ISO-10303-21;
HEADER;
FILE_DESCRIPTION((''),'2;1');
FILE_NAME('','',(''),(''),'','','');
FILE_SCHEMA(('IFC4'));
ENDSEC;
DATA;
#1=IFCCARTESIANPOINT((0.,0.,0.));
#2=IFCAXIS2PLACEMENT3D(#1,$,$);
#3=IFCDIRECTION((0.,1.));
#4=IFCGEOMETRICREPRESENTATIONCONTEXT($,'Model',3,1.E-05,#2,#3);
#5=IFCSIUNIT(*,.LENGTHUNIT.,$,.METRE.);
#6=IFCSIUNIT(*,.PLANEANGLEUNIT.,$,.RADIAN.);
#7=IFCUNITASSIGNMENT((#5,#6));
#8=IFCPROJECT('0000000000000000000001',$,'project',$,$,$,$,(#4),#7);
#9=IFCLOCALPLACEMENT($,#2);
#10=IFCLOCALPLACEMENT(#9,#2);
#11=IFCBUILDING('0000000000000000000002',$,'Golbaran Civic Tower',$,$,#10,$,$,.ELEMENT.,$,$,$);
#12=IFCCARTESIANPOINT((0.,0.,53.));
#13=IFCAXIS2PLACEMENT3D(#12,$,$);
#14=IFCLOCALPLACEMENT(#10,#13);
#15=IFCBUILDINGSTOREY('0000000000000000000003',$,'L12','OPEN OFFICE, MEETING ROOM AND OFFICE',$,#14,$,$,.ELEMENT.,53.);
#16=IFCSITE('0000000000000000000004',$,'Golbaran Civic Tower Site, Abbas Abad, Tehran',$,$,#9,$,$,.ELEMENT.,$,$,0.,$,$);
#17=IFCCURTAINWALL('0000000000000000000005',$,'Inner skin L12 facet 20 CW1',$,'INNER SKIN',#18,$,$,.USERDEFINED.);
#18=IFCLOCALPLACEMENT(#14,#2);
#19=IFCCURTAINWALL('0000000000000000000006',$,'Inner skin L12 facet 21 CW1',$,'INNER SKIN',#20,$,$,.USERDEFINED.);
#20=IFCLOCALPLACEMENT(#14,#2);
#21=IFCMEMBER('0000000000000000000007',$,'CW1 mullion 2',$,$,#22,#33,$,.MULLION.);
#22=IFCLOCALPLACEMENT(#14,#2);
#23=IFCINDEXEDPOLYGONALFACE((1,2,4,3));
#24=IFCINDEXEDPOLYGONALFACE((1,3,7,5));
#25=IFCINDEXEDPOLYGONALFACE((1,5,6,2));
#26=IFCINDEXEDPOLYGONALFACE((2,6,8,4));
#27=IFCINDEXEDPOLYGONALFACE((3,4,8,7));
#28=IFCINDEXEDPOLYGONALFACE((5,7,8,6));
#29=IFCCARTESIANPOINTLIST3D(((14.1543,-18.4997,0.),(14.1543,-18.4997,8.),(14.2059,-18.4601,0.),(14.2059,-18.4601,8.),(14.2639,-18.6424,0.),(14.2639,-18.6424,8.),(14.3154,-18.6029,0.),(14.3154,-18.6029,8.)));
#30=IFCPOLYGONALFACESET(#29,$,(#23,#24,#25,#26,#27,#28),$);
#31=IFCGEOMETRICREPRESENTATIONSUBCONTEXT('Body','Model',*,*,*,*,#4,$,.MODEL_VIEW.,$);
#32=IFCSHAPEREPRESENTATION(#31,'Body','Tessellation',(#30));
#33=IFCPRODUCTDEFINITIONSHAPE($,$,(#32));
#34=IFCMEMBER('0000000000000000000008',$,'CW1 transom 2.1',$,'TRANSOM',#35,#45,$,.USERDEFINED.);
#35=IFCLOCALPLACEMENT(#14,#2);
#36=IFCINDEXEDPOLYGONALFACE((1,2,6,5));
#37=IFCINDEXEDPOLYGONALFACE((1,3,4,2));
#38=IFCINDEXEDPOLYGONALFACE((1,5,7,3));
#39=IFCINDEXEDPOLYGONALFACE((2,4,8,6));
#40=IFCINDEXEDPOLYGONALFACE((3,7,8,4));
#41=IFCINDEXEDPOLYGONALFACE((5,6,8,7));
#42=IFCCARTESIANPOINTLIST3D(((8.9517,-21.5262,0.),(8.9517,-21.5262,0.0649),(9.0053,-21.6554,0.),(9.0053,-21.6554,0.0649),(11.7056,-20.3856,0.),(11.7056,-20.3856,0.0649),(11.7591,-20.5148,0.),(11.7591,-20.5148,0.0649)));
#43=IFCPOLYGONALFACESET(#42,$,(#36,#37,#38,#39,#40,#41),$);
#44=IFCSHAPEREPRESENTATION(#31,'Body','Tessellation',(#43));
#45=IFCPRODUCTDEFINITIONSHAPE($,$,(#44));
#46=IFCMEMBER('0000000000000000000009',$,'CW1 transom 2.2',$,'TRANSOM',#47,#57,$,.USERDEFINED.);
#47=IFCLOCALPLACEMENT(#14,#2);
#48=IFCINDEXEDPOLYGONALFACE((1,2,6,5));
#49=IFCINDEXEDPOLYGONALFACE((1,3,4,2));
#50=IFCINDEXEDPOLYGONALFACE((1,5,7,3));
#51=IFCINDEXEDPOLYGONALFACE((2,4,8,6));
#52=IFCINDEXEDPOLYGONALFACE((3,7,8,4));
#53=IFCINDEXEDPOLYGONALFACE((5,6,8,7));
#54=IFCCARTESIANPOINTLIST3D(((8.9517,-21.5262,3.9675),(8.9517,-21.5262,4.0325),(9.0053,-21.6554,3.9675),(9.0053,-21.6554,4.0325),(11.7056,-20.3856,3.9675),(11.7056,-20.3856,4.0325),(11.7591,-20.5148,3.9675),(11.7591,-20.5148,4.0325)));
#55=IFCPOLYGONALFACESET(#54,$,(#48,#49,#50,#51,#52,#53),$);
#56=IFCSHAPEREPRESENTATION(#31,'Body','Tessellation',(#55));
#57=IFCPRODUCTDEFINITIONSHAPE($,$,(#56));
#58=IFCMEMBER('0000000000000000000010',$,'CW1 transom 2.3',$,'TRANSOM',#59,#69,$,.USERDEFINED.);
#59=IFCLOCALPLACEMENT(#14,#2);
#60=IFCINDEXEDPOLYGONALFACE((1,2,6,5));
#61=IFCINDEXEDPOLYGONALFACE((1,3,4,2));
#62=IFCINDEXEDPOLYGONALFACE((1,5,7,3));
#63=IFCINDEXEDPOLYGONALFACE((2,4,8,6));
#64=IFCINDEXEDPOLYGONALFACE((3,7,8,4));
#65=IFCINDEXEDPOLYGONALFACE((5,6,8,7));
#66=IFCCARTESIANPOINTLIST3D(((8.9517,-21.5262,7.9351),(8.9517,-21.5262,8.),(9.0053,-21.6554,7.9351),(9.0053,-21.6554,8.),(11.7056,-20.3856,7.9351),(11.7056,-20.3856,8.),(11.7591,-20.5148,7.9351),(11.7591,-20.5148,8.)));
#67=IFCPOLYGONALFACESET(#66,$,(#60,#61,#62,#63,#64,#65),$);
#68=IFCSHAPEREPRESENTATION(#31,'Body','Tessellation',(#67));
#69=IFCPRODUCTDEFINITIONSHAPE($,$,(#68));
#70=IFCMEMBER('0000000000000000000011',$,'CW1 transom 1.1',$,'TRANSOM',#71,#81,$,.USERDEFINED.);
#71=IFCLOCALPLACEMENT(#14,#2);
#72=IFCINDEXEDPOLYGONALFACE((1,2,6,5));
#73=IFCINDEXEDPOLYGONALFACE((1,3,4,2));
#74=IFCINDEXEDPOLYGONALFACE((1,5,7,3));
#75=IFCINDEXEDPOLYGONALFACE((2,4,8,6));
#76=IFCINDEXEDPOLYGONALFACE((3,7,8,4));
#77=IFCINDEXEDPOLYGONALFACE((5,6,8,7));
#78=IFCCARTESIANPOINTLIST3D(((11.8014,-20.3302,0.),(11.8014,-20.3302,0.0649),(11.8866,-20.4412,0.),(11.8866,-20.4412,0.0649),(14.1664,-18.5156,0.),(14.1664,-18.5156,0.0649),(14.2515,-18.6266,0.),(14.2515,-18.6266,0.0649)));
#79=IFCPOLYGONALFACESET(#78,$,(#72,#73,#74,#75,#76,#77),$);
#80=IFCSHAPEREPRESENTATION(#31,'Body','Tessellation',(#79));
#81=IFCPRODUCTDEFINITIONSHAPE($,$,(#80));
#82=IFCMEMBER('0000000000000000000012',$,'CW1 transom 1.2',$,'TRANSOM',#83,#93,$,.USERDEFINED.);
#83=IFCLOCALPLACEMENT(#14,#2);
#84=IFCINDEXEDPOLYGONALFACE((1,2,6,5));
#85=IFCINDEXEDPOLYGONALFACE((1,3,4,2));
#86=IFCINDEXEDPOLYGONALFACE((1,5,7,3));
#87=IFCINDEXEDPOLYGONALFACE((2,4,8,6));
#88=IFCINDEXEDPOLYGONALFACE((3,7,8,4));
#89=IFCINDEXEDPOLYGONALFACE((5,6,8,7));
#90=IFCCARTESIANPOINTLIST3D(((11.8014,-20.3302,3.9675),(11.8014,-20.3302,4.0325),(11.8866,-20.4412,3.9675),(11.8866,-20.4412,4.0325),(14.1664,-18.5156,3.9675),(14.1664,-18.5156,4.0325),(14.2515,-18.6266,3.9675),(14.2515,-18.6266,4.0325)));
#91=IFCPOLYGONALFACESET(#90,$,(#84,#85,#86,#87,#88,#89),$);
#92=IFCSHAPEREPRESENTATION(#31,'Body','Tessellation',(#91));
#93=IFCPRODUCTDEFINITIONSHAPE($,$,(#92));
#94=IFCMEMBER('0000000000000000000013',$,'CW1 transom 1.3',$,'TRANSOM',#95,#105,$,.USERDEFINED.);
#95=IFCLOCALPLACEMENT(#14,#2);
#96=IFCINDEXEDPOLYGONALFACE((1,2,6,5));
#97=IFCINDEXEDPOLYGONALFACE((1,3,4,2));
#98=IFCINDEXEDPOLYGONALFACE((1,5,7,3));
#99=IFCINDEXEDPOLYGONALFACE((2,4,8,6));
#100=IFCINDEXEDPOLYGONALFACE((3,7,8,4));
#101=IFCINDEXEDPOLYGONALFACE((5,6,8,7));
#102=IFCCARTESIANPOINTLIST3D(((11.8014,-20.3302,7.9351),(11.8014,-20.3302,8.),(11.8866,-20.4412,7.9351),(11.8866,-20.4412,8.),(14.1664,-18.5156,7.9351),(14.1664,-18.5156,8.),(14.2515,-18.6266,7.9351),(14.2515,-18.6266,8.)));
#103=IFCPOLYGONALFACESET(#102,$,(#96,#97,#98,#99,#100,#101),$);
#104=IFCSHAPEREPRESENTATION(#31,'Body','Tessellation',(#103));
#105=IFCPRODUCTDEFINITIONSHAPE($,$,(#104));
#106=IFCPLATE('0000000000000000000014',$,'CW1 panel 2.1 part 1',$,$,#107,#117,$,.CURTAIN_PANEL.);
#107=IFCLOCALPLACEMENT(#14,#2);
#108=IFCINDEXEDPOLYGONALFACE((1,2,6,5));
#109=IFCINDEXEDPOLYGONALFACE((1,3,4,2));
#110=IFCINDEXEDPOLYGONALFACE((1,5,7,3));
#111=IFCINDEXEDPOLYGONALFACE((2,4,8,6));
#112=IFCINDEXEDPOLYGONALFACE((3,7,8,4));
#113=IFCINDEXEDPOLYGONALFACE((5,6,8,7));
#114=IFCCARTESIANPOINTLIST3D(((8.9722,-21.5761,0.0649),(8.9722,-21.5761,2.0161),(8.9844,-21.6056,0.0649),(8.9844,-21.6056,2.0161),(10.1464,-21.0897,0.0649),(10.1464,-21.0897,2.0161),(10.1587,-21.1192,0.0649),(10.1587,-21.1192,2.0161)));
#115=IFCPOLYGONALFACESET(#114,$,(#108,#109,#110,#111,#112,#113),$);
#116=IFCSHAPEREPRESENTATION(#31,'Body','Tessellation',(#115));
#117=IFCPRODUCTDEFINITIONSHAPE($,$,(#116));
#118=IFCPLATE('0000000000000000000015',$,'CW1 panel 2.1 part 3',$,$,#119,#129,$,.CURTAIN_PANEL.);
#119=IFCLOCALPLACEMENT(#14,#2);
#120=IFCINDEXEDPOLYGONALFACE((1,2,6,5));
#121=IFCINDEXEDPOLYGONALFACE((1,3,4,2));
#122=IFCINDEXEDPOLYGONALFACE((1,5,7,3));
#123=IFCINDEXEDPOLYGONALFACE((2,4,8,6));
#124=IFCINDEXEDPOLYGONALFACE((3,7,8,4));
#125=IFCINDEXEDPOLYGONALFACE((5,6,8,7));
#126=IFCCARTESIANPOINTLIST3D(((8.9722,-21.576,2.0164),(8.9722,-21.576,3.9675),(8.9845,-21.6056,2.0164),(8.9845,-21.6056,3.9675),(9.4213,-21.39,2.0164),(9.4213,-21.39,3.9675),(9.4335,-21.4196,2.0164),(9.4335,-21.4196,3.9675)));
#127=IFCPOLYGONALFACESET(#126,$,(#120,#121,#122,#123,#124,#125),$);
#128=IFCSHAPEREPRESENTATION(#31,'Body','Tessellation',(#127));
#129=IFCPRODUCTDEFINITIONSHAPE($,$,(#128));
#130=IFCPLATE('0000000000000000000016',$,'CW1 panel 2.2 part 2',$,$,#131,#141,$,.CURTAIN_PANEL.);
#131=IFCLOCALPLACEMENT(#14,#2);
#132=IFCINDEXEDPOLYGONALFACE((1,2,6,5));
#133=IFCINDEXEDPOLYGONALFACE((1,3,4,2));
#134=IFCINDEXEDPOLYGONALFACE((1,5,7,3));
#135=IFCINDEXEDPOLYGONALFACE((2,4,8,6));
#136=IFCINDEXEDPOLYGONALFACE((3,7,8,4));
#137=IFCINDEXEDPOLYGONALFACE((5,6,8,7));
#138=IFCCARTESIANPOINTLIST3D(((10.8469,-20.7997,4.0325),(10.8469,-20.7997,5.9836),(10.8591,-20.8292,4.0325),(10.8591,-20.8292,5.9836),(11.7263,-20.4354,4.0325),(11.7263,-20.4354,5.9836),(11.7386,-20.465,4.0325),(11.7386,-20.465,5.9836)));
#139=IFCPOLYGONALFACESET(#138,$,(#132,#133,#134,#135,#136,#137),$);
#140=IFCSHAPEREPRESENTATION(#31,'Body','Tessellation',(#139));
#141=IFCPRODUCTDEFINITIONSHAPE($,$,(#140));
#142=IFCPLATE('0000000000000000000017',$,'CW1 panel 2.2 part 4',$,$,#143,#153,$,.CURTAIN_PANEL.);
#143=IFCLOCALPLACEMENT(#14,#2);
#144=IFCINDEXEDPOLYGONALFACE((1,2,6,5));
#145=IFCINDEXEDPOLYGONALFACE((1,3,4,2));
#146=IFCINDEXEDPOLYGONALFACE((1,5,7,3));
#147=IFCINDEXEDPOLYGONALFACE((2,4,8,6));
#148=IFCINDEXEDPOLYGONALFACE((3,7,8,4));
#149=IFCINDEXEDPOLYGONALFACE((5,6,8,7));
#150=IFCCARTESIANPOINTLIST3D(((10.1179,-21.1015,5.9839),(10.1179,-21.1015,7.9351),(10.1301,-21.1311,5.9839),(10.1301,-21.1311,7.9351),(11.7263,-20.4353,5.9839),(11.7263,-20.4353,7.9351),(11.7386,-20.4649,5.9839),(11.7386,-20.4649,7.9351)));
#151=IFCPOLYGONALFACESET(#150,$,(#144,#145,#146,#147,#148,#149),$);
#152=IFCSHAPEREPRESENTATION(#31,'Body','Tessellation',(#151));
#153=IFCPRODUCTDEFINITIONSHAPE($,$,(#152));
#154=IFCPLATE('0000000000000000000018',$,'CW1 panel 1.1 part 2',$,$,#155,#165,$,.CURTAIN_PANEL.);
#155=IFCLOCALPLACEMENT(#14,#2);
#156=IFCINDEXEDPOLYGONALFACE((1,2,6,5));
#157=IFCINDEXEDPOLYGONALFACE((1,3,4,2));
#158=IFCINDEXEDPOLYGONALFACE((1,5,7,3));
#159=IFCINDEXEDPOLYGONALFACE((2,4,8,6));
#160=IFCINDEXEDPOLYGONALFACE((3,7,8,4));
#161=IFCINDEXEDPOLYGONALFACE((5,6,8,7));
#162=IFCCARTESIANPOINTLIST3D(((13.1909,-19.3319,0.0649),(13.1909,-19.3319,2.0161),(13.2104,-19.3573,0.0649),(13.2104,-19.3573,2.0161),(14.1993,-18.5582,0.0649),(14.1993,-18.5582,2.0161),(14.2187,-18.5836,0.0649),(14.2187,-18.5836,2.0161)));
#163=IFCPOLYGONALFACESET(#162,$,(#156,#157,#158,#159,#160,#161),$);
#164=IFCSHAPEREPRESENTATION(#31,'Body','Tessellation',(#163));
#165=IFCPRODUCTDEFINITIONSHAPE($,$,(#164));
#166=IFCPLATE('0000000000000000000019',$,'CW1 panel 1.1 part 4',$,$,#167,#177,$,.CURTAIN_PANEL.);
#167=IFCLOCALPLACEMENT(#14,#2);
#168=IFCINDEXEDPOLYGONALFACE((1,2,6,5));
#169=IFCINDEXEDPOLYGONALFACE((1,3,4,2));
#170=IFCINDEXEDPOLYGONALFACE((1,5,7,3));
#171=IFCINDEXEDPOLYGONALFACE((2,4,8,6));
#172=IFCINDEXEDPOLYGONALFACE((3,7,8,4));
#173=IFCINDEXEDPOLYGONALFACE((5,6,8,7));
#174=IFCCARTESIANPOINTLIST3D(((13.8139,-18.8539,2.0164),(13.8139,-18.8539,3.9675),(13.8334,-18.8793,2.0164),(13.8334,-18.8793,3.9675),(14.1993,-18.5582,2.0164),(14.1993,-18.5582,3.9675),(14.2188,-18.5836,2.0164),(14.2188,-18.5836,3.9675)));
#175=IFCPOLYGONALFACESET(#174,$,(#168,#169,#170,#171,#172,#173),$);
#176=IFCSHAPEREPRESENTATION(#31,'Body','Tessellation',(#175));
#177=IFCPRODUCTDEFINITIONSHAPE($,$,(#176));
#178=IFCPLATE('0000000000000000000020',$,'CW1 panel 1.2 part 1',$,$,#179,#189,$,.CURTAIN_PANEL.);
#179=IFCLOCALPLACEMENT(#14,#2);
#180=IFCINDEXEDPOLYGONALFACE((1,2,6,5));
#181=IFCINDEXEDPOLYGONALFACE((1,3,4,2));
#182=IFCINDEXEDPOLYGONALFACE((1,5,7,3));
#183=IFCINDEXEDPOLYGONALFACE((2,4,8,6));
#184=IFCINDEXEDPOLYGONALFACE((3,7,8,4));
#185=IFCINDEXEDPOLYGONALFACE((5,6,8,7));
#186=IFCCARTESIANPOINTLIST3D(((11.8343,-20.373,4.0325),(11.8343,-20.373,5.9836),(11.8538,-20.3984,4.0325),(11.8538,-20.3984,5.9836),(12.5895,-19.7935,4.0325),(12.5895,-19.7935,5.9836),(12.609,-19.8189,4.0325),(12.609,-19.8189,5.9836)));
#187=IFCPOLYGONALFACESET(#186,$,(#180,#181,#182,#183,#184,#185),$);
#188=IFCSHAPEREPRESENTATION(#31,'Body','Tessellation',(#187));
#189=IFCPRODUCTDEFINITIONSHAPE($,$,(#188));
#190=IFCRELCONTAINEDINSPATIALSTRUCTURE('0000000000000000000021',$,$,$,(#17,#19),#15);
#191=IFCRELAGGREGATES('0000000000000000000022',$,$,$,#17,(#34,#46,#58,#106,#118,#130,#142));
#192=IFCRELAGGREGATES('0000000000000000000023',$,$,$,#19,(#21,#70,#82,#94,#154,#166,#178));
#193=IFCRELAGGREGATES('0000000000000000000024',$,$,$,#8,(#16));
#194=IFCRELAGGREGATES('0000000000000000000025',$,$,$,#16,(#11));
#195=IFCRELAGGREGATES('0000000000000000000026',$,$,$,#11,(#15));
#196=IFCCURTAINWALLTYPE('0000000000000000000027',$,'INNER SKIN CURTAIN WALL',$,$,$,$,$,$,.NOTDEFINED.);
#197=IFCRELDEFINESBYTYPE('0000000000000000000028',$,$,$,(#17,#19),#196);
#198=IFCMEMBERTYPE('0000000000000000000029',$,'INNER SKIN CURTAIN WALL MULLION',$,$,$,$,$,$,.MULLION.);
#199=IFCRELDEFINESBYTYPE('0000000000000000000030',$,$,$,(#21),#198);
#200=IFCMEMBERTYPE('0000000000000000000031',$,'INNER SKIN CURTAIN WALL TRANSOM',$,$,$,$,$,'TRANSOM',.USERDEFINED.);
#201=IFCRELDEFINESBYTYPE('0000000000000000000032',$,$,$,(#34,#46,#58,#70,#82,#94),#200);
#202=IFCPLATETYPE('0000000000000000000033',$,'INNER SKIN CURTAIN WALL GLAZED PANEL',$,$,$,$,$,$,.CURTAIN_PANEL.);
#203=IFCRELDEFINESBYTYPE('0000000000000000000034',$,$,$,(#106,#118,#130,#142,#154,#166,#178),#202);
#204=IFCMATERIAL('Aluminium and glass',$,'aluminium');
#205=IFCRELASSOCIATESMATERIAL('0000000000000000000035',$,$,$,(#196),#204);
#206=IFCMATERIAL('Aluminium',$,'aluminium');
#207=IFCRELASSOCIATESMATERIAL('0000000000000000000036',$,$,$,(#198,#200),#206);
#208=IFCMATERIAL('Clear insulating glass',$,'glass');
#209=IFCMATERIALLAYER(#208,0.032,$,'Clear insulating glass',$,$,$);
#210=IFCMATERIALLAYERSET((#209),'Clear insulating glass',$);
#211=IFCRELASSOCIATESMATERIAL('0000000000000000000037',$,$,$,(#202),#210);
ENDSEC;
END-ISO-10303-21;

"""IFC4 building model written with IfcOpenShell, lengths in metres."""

from ifc_helpers import new_model, si_unit, direction, frame, origin, origin_2d, place, context, subcontext, project, spatial, rectangle, extrude, material, layer, layer_set, material_profile, profile_set, type_object, element, aggregate, save


model = new_model("IFC4")

# Units and contexts
model_context = context("Model", 3, precision=1e-05, world=origin(), true_north=direction((0.0, 1.0)))
body_context = subcontext(model_context, "Body", "Model", "MODEL_VIEW")
ifc_project = project(units=[si_unit("LENGTHUNIT", "METRE"), si_unit("PLANEANGLEUNIT", "RADIAN")], contexts=[model_context])

# Site, building, storey
site_placement = place(None, origin())
site = spatial("IfcSite", under=ifc_project, at=site_placement, Name="Golbaran Civic Tower Site, Abbas Abad, Tehran", CompositionType="ELEMENT", RefElevation=0.0)
building_placement = place(site_placement, origin())
building = spatial("IfcBuilding", under=site, at=building_placement, Name="Golbaran Civic Tower", CompositionType="ELEMENT")
storey_placement = place(building_placement, frame((0.0, 0.0, 53.0)))
storey = spatial("IfcBuildingStorey", under=building, at=storey_placement, Name="L12", Description="OPEN OFFICE, MEETING ROOM AND OFFICE", CompositionType="ELEMENT", Elevation=53.0)

# Curtain walls, member
ifc_material_1 = material(Name="Aluminium and glass", Category="aluminium")
curtain_wall_type = type_object("IfcCurtainWallType", Name="INNER SKIN CURTAIN WALL", PredefinedType="NOTDEFINED", material=ifc_material_1)
curtain_wall_1_placement = place(storey_placement, origin())
curtain_wall_1 = element("IfcCurtainWall", 1, at=curtain_wall_1_placement, inside=storey, type_object=curtain_wall_type, Name="Inner skin L12 facet 20 CW1", ObjectType="INNER SKIN", PredefinedType="USERDEFINED")
ifc_material_2 = material(Name="Aluminium", Category="aluminium")
ifc_material_profile_1 = material_profile(ifc_material_2, rectangle(XDim=0.1799, YDim=0.0649, at=origin_2d()), Name="INNER SKIN CURTAIN WALL MULLION")
ifc_profile_set_1 = profile_set([ifc_material_profile_1], Name="Aluminium")
member_type_1 = type_object("IfcMemberType", Name="INNER SKIN CURTAIN WALL MULLION", PredefinedType="MULLION", material=ifc_profile_set_1)
curtain_wall_2_placement = place(storey_placement, origin())
curtain_wall_2 = element("IfcCurtainWall", 2, at=curtain_wall_2_placement, inside=storey, type_object=curtain_wall_type, Name="Inner skin L12 facet 21 CW1", ObjectType="INNER SKIN", PredefinedType="USERDEFINED")
member_1_placement = place(storey_placement, frame((14.2349, -18.5513, 0.0), z_axis=(0.0, 0.0, 1.0), x_axis=(-0.608761, 0.793353, 0.0)))
member_1 = element("IfcMember", 3, at=member_1_placement, type_object=member_type_1, Name="CW1 mullion 2", PredefinedType="MULLION", context=body_context, shape_type="SweptSolid", body=[
    extrude(rectangle(XDim=0.1799, YDim=0.0649, at=origin_2d()), origin(), (0.0, 0.0, 1.0), 8.0),
])

# Members
ifc_material_profile_2 = material_profile(ifc_material_2, rectangle(XDim=0.1399, YDim=0.0649, at=origin_2d()), Name="INNER SKIN CURTAIN WALL TRANSOM")
ifc_profile_set_2 = profile_set([ifc_material_profile_2], Name="Aluminium")
member_type_2 = type_object("IfcMemberType", Name="INNER SKIN CURTAIN WALL TRANSOM", ElementType="TRANSOM", PredefinedType="USERDEFINED", material=ifc_profile_set_2)
member_2_placement = place(storey_placement, frame((8.9785, -21.5908, 0.0325), z_axis=(0.923889, 0.38266, 0.0), x_axis=(-0.38266, 0.923889, 0.0)))
member_2 = element("IfcMember", 4, at=member_2_placement, type_object=member_type_2, Name="CW1 transom 2.1", ObjectType="TRANSOM", PredefinedType="USERDEFINED", context=body_context, shape_type="SweptSolid", body=[
    extrude(rectangle(XDim=0.1399, YDim=0.0649, at=origin_2d()), origin(), (0.0, 0.0, 1.0), 2.9807),
])
member_3_placement = place(storey_placement, frame((8.9785, -21.5908, 4.0), z_axis=(0.923889, 0.38266, 0.0), x_axis=(-0.38266, 0.923889, 0.0)))
member_3 = element("IfcMember", 5, at=member_3_placement, type_object=member_type_2, Name="CW1 transom 2.2", ObjectType="TRANSOM", PredefinedType="USERDEFINED", context=body_context, shape_type="SweptSolid", body=[
    extrude(rectangle(XDim=0.1399, YDim=0.0649, at=origin_2d()), origin(), (0.0, 0.0, 1.0), 2.9807),
])
member_4_placement = place(storey_placement, frame((8.9785, -21.5908, 7.9675), z_axis=(0.923889, 0.38266, 0.0), x_axis=(-0.38266, 0.923889, 0.0)))
member_4 = element("IfcMember", 6, at=member_4_placement, type_object=member_type_2, Name="CW1 transom 2.3", ObjectType="TRANSOM", PredefinedType="USERDEFINED", context=body_context, shape_type="SweptSolid", body=[
    extrude(rectangle(XDim=0.1399, YDim=0.0649, at=origin_2d()), origin(), (0.0, 0.0, 1.0), 2.9807),
])
member_5_placement = place(storey_placement, frame((11.844, -20.3857, 0.0325), z_axis=(0.793357, 0.608756, 0.0), x_axis=(-0.608756, 0.793357, 0.0)))
member_5 = element("IfcMember", 7, at=member_5_placement, type_object=member_type_2, Name="CW1 transom 1.1", ObjectType="TRANSOM", PredefinedType="USERDEFINED", context=body_context, shape_type="SweptSolid", body=[
    extrude(rectangle(XDim=0.1399, YDim=0.0649, at=origin_2d()), origin(), (0.0, 0.0, 1.0), 2.981),
])
member_6_placement = place(storey_placement, frame((11.844, -20.3857, 4.0), z_axis=(0.793357, 0.608756, 0.0), x_axis=(-0.608756, 0.793357, 0.0)))
member_6 = element("IfcMember", 8, at=member_6_placement, type_object=member_type_2, Name="CW1 transom 1.2", ObjectType="TRANSOM", PredefinedType="USERDEFINED", context=body_context, shape_type="SweptSolid", body=[
    extrude(rectangle(XDim=0.1399, YDim=0.0649, at=origin_2d()), origin(), (0.0, 0.0, 1.0), 2.981),
])
member_7_placement = place(storey_placement, frame((11.844, -20.3857, 7.9675), z_axis=(0.793357, 0.608756, 0.0), x_axis=(-0.608756, 0.793357, 0.0)))
member_7 = element("IfcMember", 9, at=member_7_placement, type_object=member_type_2, Name="CW1 transom 1.3", ObjectType="TRANSOM", PredefinedType="USERDEFINED", context=body_context, shape_type="SweptSolid", body=[
    extrude(rectangle(XDim=0.1399, YDim=0.0649, at=origin_2d()), origin(), (0.0, 0.0, 1.0), 2.981),
])

# Plates
ifc_material_3 = material(Name="Clear insulating glass", Category="glass")
ifc_layer_1 = layer(ifc_material_3, 0.032, Name="Clear insulating glass")
ifc_layer_set_1 = layer_set([ifc_layer_1], Name="Clear insulating glass")
plate_type_1 = type_object("IfcPlateType", Name="INNER SKIN CURTAIN WALL GLAZED PANEL", PredefinedType="CURTAIN_PANEL", material=ifc_layer_set_1)
plate_1_placement = place(storey_placement, frame((9.5654, -21.3477, 0.0649), z_axis=(0.0, 0.0, 1.0), x_axis=(0.92388, 0.382683, 0.0)))
plate_1 = element("IfcPlate", 10, at=plate_1_placement, type_object=plate_type_1, Name="CW1 panel 2.1 part 1", PredefinedType="CURTAIN_PANEL", context=body_context, shape_type="SweptSolid", body=[
    extrude(rectangle(XDim=1.271, YDim=0.032, at=origin_2d()), origin(), (0.0, 0.0, 1.0), 1.9512),
])
plate_2_placement = place(storey_placement, frame((9.2029, -21.4978, 2.0164), z_axis=(0.0, 0.0, 1.0), x_axis=(0.92388, 0.382683, 0.0)))
plate_2 = element("IfcPlate", 11, at=plate_2_placement, type_object=plate_type_1, Name="CW1 panel 2.1 part 3", PredefinedType="CURTAIN_PANEL", context=body_context, shape_type="SweptSolid", body=[
    extrude(rectangle(XDim=0.4861, YDim=0.032, at=origin_2d()), origin(), (0.0, 0.0, 1.0), 1.9512),
])
plate_3_placement = place(storey_placement, frame((11.2927, -20.6323, 4.0325), z_axis=(0.0, 0.0, 1.0), x_axis=(0.92388, 0.382683, 0.0)))
plate_3 = element("IfcPlate", 12, at=plate_3_placement, type_object=plate_type_1, Name="CW1 panel 2.2 part 2", PredefinedType="CURTAIN_PANEL", context=body_context, shape_type="SweptSolid", body=[
    extrude(rectangle(XDim=0.9519, YDim=0.032, at=origin_2d()), origin(), (0.0, 0.0, 1.0), 1.9512),
])
plate_4_placement = place(storey_placement, frame((10.9282, -20.7832, 5.9839), z_axis=(0.0, 0.0, 1.0), x_axis=(0.92388, 0.382683, 0.0)))
plate_4 = element("IfcPlate", 13, at=plate_4_placement, type_object=plate_type_1, Name="CW1 panel 2.2 part 4", PredefinedType="CURTAIN_PANEL", context=body_context, shape_type="SweptSolid", body=[
    extrude(rectangle(XDim=1.741, YDim=0.032, at=origin_2d()), origin(), (0.0, 0.0, 1.0), 1.9512),
])
plate_5_placement = place(storey_placement, frame((13.7048, -18.9578, 0.0649), z_axis=(0.0, 0.0, 1.0), x_axis=(0.793353, 0.608761, 0.0)))
plate_5 = element("IfcPlate", 14, at=plate_5_placement, type_object=plate_type_1, Name="CW1 panel 1.1 part 2", PredefinedType="CURTAIN_PANEL", context=body_context, shape_type="SweptSolid", body=[
    extrude(rectangle(XDim=1.271, YDim=0.032, at=origin_2d()), origin(), (0.0, 0.0, 1.0), 1.9512),
])
plate_6_placement = place(storey_placement, frame((14.0164, -18.7188, 2.0164), z_axis=(0.0, 0.0, 1.0), x_axis=(0.793353, 0.608761, 0.0)))
plate_6 = element("IfcPlate", 15, at=plate_6_placement, type_object=plate_type_1, Name="CW1 panel 1.1 part 4", PredefinedType="CURTAIN_PANEL", context=body_context, shape_type="SweptSolid", body=[
    extrude(rectangle(XDim=0.4858, YDim=0.032, at=origin_2d()), origin(), (0.0, 0.0, 1.0), 1.9512),
])
plate_7_placement = place(storey_placement, frame((12.2217, -20.0959, 4.0325), z_axis=(0.0, 0.0, 1.0), x_axis=(0.793353, 0.608761, 0.0)))
plate_7 = element("IfcPlate", 16, at=plate_7_placement, type_object=plate_type_1, Name="CW1 panel 1.2 part 1", PredefinedType="CURTAIN_PANEL", context=body_context, shape_type="SweptSolid", body=[
    extrude(rectangle(XDim=0.9519, YDim=0.032, at=origin_2d()), origin(), (0.0, 0.0, 1.0), 1.9512),
])
aggregate(curtain_wall_1, [member_2, member_3, member_4, plate_1, plate_2, plate_3, plate_4])
aggregate(curtain_wall_2, [member_1, member_5, member_6, member_7, plate_5, plate_6, plate_7])

save(model, "model.ifc")
